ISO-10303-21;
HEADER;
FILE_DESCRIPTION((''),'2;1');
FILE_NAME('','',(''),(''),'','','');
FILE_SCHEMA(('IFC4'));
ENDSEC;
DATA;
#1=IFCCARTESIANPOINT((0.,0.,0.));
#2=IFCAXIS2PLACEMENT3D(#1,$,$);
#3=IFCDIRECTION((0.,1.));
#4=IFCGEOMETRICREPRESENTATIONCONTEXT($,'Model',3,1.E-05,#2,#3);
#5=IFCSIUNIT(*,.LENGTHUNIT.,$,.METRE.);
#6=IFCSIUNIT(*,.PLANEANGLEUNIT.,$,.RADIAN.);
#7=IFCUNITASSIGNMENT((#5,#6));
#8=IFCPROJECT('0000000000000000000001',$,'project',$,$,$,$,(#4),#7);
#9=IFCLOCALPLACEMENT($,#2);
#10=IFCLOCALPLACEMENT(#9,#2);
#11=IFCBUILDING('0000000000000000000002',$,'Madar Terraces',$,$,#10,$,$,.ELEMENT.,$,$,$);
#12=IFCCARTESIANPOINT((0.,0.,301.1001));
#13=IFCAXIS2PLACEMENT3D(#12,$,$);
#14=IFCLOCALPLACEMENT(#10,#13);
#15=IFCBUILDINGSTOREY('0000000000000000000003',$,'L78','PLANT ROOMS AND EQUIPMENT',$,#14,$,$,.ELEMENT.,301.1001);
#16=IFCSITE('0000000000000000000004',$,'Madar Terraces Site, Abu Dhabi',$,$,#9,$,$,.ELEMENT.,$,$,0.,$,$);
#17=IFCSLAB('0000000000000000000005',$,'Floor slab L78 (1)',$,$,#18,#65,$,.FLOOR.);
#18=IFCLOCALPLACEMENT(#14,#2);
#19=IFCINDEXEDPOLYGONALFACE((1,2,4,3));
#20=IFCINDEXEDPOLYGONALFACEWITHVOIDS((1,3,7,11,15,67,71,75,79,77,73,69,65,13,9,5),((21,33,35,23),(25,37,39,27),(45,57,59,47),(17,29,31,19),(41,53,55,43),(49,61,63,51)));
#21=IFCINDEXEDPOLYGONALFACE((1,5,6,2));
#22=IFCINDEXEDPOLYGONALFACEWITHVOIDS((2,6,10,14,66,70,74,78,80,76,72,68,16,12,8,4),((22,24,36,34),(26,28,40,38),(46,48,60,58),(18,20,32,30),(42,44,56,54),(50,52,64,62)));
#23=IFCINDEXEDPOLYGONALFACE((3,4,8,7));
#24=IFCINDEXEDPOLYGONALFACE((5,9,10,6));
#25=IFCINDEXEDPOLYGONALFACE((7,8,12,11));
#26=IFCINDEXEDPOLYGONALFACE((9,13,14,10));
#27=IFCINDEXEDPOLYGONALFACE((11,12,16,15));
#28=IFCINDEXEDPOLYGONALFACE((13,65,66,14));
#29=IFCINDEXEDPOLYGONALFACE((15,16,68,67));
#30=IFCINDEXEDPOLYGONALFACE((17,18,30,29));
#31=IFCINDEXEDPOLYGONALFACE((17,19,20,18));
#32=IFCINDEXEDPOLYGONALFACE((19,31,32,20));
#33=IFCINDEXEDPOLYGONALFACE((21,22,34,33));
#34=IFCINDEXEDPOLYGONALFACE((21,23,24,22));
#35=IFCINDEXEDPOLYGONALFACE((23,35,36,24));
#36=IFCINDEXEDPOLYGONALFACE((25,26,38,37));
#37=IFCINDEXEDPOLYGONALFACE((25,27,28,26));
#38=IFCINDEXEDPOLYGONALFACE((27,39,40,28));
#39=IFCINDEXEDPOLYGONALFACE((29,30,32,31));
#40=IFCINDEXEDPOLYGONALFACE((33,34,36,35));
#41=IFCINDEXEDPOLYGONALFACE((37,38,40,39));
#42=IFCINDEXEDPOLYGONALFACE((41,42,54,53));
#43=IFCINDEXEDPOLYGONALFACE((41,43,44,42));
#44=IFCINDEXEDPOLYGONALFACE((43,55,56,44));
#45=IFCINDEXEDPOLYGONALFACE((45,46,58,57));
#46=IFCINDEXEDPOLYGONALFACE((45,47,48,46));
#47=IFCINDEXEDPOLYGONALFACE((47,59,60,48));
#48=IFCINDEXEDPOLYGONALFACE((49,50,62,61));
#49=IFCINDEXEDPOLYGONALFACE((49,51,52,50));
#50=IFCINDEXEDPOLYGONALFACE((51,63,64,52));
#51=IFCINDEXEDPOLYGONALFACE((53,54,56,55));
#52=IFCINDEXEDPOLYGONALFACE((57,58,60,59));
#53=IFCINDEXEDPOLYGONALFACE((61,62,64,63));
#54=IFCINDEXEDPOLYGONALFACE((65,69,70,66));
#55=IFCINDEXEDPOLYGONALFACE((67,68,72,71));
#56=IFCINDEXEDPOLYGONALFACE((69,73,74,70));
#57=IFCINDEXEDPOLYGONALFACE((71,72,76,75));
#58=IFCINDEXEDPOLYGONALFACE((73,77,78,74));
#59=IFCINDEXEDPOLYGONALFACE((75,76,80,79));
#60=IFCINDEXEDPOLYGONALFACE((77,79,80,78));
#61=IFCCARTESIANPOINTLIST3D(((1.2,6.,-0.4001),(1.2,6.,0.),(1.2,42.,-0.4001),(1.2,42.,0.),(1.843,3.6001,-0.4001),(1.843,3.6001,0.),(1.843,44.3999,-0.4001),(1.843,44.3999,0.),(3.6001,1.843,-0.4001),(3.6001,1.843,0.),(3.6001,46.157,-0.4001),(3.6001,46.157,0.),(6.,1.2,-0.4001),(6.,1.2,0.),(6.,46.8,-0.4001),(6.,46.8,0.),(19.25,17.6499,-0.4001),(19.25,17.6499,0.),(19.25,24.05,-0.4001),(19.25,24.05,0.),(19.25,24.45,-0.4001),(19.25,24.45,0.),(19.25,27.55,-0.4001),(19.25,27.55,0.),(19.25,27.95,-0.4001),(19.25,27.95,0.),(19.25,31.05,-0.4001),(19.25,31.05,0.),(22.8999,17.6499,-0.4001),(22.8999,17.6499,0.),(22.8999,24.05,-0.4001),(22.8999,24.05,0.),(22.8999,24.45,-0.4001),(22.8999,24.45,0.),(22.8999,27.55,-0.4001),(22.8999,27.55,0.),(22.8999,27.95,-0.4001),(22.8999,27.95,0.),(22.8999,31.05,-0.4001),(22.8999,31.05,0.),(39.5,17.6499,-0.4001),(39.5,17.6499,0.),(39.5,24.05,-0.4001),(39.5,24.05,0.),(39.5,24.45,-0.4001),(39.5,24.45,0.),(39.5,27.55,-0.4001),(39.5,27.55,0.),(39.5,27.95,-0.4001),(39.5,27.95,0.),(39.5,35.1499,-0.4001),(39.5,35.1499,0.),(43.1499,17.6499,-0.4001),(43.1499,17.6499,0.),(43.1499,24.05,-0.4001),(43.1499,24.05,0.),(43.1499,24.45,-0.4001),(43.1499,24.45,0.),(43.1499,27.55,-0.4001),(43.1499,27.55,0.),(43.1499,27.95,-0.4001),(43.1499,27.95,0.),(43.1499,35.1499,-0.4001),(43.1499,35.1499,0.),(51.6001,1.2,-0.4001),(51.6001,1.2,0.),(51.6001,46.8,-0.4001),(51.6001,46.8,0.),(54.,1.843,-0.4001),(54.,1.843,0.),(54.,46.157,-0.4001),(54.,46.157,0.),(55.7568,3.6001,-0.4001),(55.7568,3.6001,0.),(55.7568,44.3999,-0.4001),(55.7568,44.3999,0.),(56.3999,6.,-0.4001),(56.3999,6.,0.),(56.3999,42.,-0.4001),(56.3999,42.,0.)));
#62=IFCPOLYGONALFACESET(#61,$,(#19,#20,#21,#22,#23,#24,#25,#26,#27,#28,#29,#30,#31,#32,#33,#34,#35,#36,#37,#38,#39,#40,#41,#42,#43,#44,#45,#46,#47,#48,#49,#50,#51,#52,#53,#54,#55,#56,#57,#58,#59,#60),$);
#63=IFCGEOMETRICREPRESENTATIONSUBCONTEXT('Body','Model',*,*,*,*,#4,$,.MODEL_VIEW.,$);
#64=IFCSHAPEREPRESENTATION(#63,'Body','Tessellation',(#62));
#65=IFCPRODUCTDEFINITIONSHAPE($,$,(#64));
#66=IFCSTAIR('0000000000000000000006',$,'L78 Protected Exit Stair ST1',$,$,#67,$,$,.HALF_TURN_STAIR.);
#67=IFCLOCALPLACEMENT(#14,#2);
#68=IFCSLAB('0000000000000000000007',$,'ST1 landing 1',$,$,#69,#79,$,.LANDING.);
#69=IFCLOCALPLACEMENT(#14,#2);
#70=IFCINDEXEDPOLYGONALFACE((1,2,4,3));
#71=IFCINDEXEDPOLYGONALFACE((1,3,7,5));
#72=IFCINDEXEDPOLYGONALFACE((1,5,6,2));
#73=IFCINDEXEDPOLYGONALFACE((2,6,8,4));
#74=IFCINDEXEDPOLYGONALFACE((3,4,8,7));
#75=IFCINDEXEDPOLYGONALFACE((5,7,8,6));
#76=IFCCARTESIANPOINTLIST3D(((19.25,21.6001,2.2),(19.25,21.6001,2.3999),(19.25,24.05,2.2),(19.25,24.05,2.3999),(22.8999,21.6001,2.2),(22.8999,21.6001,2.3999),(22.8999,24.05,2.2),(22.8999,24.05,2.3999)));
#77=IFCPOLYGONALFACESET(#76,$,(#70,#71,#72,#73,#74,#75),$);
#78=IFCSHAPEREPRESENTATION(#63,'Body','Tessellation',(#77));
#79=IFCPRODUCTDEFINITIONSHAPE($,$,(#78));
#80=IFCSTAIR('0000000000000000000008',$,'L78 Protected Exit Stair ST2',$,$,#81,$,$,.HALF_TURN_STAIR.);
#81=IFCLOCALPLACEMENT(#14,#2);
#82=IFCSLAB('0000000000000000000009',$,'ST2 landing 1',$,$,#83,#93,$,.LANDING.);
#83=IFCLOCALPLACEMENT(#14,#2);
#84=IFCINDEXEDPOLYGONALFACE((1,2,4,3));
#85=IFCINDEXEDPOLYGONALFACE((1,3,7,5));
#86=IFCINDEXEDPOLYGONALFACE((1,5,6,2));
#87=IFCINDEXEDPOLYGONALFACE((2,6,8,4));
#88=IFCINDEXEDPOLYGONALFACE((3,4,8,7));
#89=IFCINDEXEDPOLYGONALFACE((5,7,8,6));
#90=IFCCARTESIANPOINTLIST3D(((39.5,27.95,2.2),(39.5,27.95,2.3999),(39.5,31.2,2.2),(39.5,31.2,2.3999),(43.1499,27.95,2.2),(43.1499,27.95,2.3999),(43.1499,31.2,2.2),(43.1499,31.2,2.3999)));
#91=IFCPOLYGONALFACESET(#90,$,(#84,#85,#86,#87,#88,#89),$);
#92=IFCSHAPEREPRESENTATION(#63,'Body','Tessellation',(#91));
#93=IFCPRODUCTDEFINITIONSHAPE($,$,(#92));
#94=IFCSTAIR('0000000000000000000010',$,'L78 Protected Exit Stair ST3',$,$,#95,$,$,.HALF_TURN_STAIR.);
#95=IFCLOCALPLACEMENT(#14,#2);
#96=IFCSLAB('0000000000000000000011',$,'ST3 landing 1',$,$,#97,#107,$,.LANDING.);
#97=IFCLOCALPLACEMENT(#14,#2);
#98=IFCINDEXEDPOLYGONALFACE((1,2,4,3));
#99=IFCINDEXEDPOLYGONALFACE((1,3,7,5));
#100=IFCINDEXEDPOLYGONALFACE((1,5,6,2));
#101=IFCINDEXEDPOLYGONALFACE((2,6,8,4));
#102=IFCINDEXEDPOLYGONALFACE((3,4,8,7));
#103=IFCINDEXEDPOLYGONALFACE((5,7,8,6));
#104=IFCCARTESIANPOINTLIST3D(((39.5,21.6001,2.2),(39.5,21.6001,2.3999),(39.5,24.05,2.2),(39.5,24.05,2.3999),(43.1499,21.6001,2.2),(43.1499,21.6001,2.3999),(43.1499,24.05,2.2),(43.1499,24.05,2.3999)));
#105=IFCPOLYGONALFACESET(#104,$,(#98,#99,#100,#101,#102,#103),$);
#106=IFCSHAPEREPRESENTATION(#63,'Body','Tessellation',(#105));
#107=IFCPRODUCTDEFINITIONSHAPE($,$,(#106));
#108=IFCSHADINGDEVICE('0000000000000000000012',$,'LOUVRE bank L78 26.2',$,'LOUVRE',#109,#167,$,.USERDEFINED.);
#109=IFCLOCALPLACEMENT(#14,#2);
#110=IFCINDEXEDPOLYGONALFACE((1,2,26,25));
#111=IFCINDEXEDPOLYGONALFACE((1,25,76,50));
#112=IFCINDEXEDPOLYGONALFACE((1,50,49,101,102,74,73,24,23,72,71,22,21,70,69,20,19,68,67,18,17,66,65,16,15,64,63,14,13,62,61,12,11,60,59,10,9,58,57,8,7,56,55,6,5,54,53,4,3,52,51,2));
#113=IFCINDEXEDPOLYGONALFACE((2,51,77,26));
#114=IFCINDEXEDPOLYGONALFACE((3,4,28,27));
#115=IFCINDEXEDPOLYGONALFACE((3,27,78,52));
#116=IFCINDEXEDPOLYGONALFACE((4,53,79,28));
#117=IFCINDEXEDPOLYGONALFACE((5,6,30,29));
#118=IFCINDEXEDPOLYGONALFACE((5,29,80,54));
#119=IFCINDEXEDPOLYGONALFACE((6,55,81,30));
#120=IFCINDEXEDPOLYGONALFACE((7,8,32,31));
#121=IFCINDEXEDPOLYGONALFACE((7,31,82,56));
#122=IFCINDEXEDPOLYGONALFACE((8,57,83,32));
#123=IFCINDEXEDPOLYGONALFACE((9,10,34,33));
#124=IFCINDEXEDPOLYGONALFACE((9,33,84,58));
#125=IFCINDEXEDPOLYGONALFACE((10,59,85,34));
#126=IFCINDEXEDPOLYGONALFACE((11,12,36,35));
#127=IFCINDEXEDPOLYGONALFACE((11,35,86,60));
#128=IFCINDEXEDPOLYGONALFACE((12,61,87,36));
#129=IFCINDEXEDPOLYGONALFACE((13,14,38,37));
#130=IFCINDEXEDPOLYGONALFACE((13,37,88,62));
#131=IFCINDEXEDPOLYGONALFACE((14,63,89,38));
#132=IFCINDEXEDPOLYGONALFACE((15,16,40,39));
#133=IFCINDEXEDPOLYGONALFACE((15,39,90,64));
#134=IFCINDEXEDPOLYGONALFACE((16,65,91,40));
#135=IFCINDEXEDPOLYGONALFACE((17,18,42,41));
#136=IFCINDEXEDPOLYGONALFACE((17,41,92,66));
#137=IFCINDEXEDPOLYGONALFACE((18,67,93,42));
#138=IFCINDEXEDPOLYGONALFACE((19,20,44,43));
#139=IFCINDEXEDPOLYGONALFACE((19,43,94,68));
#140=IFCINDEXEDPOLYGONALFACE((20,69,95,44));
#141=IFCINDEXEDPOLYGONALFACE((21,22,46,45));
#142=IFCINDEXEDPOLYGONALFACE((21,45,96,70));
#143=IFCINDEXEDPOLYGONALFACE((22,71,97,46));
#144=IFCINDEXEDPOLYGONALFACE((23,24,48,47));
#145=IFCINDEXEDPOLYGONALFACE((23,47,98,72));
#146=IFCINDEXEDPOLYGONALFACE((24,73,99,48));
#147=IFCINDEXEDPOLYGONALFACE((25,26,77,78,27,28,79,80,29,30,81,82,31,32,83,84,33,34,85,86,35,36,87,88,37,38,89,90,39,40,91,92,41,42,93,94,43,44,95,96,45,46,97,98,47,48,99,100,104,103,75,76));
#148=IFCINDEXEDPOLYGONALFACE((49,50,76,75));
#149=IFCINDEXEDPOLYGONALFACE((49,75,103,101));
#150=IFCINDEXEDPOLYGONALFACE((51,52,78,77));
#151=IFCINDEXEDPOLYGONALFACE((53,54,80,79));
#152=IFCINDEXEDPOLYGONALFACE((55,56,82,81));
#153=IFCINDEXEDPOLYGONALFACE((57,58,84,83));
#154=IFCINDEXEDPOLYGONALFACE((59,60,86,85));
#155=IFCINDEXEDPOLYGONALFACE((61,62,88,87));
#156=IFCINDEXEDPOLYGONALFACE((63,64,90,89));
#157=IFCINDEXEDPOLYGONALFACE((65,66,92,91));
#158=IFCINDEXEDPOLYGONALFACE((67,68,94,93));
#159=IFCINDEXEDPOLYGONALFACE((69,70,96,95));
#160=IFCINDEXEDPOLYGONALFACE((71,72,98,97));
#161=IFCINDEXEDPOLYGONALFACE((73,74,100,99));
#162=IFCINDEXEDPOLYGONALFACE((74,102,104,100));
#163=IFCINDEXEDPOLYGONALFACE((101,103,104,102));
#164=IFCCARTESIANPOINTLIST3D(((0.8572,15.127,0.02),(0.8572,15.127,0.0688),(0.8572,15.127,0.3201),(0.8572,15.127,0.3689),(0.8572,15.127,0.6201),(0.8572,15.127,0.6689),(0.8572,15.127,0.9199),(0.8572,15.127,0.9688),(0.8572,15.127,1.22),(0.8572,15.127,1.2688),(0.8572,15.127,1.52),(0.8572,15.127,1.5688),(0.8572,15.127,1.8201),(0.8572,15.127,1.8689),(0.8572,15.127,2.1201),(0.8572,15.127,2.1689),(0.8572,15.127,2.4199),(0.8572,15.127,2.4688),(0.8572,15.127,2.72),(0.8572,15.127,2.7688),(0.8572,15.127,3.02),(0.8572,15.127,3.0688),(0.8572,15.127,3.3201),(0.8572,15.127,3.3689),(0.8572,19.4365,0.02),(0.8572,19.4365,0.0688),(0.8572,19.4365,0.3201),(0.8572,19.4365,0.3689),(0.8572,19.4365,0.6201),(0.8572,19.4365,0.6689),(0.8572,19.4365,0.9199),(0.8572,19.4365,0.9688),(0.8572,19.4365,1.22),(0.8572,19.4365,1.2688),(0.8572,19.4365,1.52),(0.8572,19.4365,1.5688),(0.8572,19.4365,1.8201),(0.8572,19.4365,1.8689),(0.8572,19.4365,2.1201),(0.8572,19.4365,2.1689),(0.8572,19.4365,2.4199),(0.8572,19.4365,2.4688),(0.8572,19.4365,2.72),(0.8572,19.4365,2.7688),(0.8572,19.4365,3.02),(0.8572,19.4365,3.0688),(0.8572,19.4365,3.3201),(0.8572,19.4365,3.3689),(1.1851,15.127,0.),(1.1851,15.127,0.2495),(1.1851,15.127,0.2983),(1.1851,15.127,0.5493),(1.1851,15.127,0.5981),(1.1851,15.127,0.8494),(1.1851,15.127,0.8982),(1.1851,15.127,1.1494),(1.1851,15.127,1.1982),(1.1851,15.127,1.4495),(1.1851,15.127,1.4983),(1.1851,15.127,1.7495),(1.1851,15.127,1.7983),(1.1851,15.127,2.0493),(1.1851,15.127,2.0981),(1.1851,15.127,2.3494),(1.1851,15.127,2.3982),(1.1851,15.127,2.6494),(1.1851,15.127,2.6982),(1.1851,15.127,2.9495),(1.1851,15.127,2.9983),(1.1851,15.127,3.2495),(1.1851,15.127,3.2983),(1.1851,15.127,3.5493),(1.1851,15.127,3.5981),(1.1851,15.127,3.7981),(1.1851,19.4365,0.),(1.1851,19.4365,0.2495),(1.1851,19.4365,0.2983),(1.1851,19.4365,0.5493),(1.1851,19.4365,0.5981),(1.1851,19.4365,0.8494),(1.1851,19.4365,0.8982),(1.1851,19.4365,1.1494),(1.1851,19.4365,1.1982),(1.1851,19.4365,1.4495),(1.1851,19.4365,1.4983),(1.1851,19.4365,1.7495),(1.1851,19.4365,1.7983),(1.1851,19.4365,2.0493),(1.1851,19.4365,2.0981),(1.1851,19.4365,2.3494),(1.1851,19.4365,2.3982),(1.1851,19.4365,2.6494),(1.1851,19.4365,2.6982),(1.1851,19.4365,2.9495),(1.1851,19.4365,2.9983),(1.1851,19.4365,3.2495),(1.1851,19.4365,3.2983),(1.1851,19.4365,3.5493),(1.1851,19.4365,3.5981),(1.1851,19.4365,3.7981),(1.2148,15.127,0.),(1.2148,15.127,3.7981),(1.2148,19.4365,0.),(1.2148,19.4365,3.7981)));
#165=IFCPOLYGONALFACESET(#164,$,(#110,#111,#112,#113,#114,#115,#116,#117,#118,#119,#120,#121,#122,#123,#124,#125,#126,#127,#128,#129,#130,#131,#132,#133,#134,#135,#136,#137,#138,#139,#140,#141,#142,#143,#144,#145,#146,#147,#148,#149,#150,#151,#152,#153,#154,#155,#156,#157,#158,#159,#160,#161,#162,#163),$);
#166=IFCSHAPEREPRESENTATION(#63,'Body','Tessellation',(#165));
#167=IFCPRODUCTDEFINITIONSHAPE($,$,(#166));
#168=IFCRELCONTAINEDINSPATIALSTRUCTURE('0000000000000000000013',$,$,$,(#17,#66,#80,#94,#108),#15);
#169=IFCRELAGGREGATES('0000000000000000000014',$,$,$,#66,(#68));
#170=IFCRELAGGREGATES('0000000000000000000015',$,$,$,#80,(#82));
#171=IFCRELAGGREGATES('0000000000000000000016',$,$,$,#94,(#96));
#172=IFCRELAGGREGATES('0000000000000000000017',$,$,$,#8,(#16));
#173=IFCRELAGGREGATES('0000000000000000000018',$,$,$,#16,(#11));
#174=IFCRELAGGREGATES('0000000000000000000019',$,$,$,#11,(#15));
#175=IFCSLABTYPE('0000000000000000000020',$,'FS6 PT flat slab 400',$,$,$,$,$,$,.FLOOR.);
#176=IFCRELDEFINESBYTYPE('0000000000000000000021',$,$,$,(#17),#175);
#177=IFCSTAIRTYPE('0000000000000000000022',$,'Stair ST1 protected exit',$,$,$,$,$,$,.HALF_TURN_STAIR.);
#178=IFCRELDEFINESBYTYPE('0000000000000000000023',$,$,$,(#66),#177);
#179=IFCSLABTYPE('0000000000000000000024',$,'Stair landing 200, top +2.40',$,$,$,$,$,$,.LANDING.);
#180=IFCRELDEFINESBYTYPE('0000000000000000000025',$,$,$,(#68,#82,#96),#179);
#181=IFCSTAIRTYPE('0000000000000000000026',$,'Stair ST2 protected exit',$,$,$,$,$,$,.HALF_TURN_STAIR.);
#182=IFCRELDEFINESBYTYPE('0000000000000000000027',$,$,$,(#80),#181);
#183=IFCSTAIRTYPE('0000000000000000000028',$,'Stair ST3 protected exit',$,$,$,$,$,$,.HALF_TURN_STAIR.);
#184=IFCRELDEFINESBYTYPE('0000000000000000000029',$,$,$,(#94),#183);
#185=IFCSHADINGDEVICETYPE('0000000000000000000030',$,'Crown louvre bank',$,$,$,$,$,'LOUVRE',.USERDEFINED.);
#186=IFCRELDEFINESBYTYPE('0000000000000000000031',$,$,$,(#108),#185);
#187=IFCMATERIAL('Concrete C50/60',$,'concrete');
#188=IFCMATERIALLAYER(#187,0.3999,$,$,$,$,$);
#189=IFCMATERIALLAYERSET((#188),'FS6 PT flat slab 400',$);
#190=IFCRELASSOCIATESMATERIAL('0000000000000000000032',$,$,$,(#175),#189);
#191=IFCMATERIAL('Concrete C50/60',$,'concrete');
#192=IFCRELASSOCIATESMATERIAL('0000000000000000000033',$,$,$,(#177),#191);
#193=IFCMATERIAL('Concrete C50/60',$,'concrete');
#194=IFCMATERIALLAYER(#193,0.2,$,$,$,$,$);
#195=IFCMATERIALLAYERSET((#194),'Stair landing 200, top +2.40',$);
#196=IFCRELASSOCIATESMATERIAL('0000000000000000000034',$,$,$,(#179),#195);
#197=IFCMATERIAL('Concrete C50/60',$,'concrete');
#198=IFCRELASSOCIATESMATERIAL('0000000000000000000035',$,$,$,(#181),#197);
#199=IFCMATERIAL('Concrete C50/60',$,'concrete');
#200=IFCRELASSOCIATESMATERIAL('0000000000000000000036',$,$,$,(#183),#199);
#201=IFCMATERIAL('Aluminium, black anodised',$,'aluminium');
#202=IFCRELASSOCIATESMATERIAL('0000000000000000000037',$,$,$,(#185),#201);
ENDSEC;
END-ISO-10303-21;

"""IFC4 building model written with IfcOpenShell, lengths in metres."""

from ifc_helpers import new_model, si_unit, direction, frame, origin, place, context, subcontext, project, spatial, polyline, outline, extrude, material, layer, layer_set, type_object, element, aggregate, save


model = new_model("IFC4")

# Units and contexts
model_context = context("Model", 3, precision=1e-05, world=origin(), true_north=direction((0.0, 1.0)))
body_context = subcontext(model_context, "Body", "Model", "MODEL_VIEW")
ifc_project = project(units=[si_unit("LENGTHUNIT", "METRE"), si_unit("PLANEANGLEUNIT", "RADIAN")], contexts=[model_context])

# Site, building, storey
site_placement = place(None, origin())
site = spatial("IfcSite", under=ifc_project, at=site_placement, Name="Madar Terraces Site, Abu Dhabi", CompositionType="ELEMENT", RefElevation=0.0)
building_placement = place(site_placement, origin())
building = spatial("IfcBuilding", under=site, at=building_placement, Name="Madar Terraces", CompositionType="ELEMENT")
storey_placement = place(building_placement, frame((0.0, 0.0, 301.1001)))
storey = spatial("IfcBuildingStorey", under=building, at=storey_placement, Name="L78", Description="PLANT ROOMS AND EQUIPMENT", CompositionType="ELEMENT", Elevation=301.1001)

# Slab
ifc_material_1 = material(Name="Concrete C50/60", Category="concrete")
ifc_layer_1 = layer(ifc_material_1, 0.3999)
ifc_layer_set_1 = layer_set([ifc_layer_1], Name="FS6 PT flat slab 400")
slab_type_1 = type_object("IfcSlabType", Name="FS6 PT flat slab 400", PredefinedType="FLOOR", material=ifc_layer_set_1)
slab_1_placement = place(storey_placement, frame((0.0, 0.0, -0.4001)))
element("IfcSlab", 1, at=slab_1_placement, inside=storey, type_object=slab_type_1, Name="Floor slab L78 (1)", PredefinedType="FLOOR", context=body_context, shape_type="SweptSolid", body=[
    extrude(outline(polyline([(51.6001, 1.2), (54.0, 1.843), (55.7568, 3.6001), (56.3999, 6.0), (56.3999, 42.0), (55.7568, 44.3999), (54.0, 46.157), (51.6001, 46.8), (6.0, 46.8), (3.6001, 46.157), (1.843, 44.3999), (1.2, 42.0), (1.2, 6.0), (1.843, 3.6001), (3.6001, 1.843), (6.0, 1.2), (51.6001, 1.2)]), holes=[polyline([(22.8999, 24.05), (22.8999, 17.6499), (19.25, 17.6499), (19.25, 24.05), (22.8999, 24.05)]), polyline([(43.1499, 17.6499), (39.5, 17.6499), (39.5, 24.05), (43.1499, 24.05), (43.1499, 17.6499)]), polyline([(22.8999, 24.45), (19.25, 24.45), (19.25, 27.55), (22.8999, 27.55), (22.8999, 24.45)]), polyline([(43.1499, 27.55), (43.1499, 24.45), (39.5, 24.45), (39.5, 27.55), (43.1499, 27.55)]), polyline([(22.8999, 27.95), (19.25, 27.95), (19.25, 31.05), (22.8999, 31.05), (22.8999, 27.95)]), polyline([(43.1499, 27.95), (39.5, 27.95), (39.5, 35.1499), (43.1499, 35.1499), (43.1499, 27.95)])]), origin(), (0.0, 0.0, 1.0), 0.4001),
])

# Stairs, slabs
ifc_material_2 = material(Name="Concrete C50/60", Category="concrete")
stair_type_1 = type_object("IfcStairType", Name="Stair ST1 protected exit", PredefinedType="HALF_TURN_STAIR", material=ifc_material_2)
stair_1_placement = place(storey_placement, origin())
stair_1 = element("IfcStair", 2, at=stair_1_placement, inside=storey, type_object=stair_type_1, Name="L78 Protected Exit Stair ST1", PredefinedType="HALF_TURN_STAIR")
ifc_material_3 = material(Name="Concrete C50/60", Category="concrete")
ifc_layer_2 = layer(ifc_material_3, 0.2)
ifc_layer_set_2 = layer_set([ifc_layer_2], Name="Stair landing 200, top +2.40")
slab_type_2 = type_object("IfcSlabType", Name="Stair landing 200, top +2.40", PredefinedType="LANDING", material=ifc_layer_set_2)
slab_2_placement = place(storey_placement, frame((0.0, 0.0, 2.2)))
slab_2 = element("IfcSlab", 3, at=slab_2_placement, type_object=slab_type_2, Name="ST1 landing 1", PredefinedType="LANDING", context=body_context, shape_type="SweptSolid", body=[
    extrude(outline(polyline([(19.25, 21.6001), (22.8999, 21.6001), (22.8999, 24.05), (19.25, 24.05), (19.25, 21.6001)])), origin(), (0.0, 0.0, 1.0), 0.2),
])
aggregate(stair_1, [slab_2])
ifc_material_4 = material(Name="Concrete C50/60", Category="concrete")
stair_type_2 = type_object("IfcStairType", Name="Stair ST2 protected exit", PredefinedType="HALF_TURN_STAIR", material=ifc_material_4)
stair_2_placement = place(storey_placement, origin())
stair_2 = element("IfcStair", 4, at=stair_2_placement, inside=storey, type_object=stair_type_2, Name="L78 Protected Exit Stair ST2", PredefinedType="HALF_TURN_STAIR")
slab_3_placement = place(storey_placement, frame((0.0, 0.0, 2.2)))
slab_3 = element("IfcSlab", 5, at=slab_3_placement, type_object=slab_type_2, Name="ST2 landing 1", PredefinedType="LANDING", context=body_context, shape_type="SweptSolid", body=[
    extrude(outline(polyline([(39.5, 27.95), (43.1499, 27.95), (43.1499, 31.2), (39.5, 31.2), (39.5, 27.95)])), origin(), (0.0, 0.0, 1.0), 0.2),
])
aggregate(stair_2, [slab_3])
ifc_material_5 = material(Name="Concrete C50/60", Category="concrete")
stair_type_3 = type_object("IfcStairType", Name="Stair ST3 protected exit", PredefinedType="HALF_TURN_STAIR", material=ifc_material_5)
stair_3_placement = place(storey_placement, origin())
stair_3 = element("IfcStair", 6, at=stair_3_placement, inside=storey, type_object=stair_type_3, Name="L78 Protected Exit Stair ST3", PredefinedType="HALF_TURN_STAIR")
slab_4_placement = place(storey_placement, frame((0.0, 0.0, 2.2)))
slab_4 = element("IfcSlab", 7, at=slab_4_placement, type_object=slab_type_2, Name="ST3 landing 1", PredefinedType="LANDING", context=body_context, shape_type="SweptSolid", body=[
    extrude(outline(polyline([(39.5, 21.6001), (43.1499, 21.6001), (43.1499, 24.05), (39.5, 24.05), (39.5, 21.6001)])), origin(), (0.0, 0.0, 1.0), 0.2),
])
aggregate(stair_3, [slab_4])

# Shading device
ifc_material_6 = material(Name="Aluminium, black anodised", Category="aluminium")
shading_device_type = type_object("IfcShadingDeviceType", Name="Crown louvre bank", ElementType="LOUVRE", PredefinedType="USERDEFINED", material=ifc_material_6)
shading_device_1_placement = place(storey_placement, frame((1.2, 19.4365, 0.0), z_axis=(0.0, -1.0, 0.0), x_axis=(1.0, 0.0, 0.0)))
element("IfcShadingDevice", 8, at=shading_device_1_placement, inside=storey, type_object=shading_device_type, Name="LOUVRE bank L78 26.2", ObjectType="LOUVRE", PredefinedType="USERDEFINED", context=body_context, shape_type="SweptSolid", body=[
    extrude(outline(polyline([(0.0149, 0.0), (-0.0149, 0.0), (-0.0149, 0.2495), (-0.3428, 0.02), (-0.3428, 0.0688), (-0.0149, 0.2983), (-0.0149, 0.5493), (-0.3428, 0.3201), (-0.3428, 0.3689), (-0.0149, 0.5981), (-0.0149, 0.8494), (-0.3428, 0.6201), (-0.3428, 0.6689), (-0.0149, 0.8982), (-0.0149, 1.1494), (-0.3428, 0.9199), (-0.3428, 0.9688), (-0.0149, 1.1982), (-0.0149, 1.4495), (-0.3428, 1.22), (-0.3428, 1.2688), (-0.0149, 1.4983), (-0.0149, 1.7495), (-0.3428, 1.52), (-0.3428, 1.5688), (-0.0149, 1.7983), (-0.0149, 2.0493), (-0.3428, 1.8201), (-0.3428, 1.8689), (-0.0149, 2.0981), (-0.0149, 2.3494), (-0.3428, 2.1201), (-0.3428, 2.1689), (-0.0149, 2.3982), (-0.0149, 2.6494), (-0.3428, 2.4199), (-0.3428, 2.4688), (-0.0149, 2.6982), (-0.0149, 2.9495), (-0.3428, 2.72), (-0.3428, 2.7688), (-0.0149, 2.9983), (-0.0149, 3.2495), (-0.3428, 3.02), (-0.3428, 3.0688), (-0.0149, 3.2983), (-0.0149, 3.5493), (-0.3428, 3.3201), (-0.3428, 3.3689), (-0.0149, 3.5981), (-0.0149, 3.7981), (0.0149, 3.7981), (0.0149, 0.0)])), origin(), (0.0, 0.0, 1.0), 4.3096),
])

save(model, "model.ifc")
